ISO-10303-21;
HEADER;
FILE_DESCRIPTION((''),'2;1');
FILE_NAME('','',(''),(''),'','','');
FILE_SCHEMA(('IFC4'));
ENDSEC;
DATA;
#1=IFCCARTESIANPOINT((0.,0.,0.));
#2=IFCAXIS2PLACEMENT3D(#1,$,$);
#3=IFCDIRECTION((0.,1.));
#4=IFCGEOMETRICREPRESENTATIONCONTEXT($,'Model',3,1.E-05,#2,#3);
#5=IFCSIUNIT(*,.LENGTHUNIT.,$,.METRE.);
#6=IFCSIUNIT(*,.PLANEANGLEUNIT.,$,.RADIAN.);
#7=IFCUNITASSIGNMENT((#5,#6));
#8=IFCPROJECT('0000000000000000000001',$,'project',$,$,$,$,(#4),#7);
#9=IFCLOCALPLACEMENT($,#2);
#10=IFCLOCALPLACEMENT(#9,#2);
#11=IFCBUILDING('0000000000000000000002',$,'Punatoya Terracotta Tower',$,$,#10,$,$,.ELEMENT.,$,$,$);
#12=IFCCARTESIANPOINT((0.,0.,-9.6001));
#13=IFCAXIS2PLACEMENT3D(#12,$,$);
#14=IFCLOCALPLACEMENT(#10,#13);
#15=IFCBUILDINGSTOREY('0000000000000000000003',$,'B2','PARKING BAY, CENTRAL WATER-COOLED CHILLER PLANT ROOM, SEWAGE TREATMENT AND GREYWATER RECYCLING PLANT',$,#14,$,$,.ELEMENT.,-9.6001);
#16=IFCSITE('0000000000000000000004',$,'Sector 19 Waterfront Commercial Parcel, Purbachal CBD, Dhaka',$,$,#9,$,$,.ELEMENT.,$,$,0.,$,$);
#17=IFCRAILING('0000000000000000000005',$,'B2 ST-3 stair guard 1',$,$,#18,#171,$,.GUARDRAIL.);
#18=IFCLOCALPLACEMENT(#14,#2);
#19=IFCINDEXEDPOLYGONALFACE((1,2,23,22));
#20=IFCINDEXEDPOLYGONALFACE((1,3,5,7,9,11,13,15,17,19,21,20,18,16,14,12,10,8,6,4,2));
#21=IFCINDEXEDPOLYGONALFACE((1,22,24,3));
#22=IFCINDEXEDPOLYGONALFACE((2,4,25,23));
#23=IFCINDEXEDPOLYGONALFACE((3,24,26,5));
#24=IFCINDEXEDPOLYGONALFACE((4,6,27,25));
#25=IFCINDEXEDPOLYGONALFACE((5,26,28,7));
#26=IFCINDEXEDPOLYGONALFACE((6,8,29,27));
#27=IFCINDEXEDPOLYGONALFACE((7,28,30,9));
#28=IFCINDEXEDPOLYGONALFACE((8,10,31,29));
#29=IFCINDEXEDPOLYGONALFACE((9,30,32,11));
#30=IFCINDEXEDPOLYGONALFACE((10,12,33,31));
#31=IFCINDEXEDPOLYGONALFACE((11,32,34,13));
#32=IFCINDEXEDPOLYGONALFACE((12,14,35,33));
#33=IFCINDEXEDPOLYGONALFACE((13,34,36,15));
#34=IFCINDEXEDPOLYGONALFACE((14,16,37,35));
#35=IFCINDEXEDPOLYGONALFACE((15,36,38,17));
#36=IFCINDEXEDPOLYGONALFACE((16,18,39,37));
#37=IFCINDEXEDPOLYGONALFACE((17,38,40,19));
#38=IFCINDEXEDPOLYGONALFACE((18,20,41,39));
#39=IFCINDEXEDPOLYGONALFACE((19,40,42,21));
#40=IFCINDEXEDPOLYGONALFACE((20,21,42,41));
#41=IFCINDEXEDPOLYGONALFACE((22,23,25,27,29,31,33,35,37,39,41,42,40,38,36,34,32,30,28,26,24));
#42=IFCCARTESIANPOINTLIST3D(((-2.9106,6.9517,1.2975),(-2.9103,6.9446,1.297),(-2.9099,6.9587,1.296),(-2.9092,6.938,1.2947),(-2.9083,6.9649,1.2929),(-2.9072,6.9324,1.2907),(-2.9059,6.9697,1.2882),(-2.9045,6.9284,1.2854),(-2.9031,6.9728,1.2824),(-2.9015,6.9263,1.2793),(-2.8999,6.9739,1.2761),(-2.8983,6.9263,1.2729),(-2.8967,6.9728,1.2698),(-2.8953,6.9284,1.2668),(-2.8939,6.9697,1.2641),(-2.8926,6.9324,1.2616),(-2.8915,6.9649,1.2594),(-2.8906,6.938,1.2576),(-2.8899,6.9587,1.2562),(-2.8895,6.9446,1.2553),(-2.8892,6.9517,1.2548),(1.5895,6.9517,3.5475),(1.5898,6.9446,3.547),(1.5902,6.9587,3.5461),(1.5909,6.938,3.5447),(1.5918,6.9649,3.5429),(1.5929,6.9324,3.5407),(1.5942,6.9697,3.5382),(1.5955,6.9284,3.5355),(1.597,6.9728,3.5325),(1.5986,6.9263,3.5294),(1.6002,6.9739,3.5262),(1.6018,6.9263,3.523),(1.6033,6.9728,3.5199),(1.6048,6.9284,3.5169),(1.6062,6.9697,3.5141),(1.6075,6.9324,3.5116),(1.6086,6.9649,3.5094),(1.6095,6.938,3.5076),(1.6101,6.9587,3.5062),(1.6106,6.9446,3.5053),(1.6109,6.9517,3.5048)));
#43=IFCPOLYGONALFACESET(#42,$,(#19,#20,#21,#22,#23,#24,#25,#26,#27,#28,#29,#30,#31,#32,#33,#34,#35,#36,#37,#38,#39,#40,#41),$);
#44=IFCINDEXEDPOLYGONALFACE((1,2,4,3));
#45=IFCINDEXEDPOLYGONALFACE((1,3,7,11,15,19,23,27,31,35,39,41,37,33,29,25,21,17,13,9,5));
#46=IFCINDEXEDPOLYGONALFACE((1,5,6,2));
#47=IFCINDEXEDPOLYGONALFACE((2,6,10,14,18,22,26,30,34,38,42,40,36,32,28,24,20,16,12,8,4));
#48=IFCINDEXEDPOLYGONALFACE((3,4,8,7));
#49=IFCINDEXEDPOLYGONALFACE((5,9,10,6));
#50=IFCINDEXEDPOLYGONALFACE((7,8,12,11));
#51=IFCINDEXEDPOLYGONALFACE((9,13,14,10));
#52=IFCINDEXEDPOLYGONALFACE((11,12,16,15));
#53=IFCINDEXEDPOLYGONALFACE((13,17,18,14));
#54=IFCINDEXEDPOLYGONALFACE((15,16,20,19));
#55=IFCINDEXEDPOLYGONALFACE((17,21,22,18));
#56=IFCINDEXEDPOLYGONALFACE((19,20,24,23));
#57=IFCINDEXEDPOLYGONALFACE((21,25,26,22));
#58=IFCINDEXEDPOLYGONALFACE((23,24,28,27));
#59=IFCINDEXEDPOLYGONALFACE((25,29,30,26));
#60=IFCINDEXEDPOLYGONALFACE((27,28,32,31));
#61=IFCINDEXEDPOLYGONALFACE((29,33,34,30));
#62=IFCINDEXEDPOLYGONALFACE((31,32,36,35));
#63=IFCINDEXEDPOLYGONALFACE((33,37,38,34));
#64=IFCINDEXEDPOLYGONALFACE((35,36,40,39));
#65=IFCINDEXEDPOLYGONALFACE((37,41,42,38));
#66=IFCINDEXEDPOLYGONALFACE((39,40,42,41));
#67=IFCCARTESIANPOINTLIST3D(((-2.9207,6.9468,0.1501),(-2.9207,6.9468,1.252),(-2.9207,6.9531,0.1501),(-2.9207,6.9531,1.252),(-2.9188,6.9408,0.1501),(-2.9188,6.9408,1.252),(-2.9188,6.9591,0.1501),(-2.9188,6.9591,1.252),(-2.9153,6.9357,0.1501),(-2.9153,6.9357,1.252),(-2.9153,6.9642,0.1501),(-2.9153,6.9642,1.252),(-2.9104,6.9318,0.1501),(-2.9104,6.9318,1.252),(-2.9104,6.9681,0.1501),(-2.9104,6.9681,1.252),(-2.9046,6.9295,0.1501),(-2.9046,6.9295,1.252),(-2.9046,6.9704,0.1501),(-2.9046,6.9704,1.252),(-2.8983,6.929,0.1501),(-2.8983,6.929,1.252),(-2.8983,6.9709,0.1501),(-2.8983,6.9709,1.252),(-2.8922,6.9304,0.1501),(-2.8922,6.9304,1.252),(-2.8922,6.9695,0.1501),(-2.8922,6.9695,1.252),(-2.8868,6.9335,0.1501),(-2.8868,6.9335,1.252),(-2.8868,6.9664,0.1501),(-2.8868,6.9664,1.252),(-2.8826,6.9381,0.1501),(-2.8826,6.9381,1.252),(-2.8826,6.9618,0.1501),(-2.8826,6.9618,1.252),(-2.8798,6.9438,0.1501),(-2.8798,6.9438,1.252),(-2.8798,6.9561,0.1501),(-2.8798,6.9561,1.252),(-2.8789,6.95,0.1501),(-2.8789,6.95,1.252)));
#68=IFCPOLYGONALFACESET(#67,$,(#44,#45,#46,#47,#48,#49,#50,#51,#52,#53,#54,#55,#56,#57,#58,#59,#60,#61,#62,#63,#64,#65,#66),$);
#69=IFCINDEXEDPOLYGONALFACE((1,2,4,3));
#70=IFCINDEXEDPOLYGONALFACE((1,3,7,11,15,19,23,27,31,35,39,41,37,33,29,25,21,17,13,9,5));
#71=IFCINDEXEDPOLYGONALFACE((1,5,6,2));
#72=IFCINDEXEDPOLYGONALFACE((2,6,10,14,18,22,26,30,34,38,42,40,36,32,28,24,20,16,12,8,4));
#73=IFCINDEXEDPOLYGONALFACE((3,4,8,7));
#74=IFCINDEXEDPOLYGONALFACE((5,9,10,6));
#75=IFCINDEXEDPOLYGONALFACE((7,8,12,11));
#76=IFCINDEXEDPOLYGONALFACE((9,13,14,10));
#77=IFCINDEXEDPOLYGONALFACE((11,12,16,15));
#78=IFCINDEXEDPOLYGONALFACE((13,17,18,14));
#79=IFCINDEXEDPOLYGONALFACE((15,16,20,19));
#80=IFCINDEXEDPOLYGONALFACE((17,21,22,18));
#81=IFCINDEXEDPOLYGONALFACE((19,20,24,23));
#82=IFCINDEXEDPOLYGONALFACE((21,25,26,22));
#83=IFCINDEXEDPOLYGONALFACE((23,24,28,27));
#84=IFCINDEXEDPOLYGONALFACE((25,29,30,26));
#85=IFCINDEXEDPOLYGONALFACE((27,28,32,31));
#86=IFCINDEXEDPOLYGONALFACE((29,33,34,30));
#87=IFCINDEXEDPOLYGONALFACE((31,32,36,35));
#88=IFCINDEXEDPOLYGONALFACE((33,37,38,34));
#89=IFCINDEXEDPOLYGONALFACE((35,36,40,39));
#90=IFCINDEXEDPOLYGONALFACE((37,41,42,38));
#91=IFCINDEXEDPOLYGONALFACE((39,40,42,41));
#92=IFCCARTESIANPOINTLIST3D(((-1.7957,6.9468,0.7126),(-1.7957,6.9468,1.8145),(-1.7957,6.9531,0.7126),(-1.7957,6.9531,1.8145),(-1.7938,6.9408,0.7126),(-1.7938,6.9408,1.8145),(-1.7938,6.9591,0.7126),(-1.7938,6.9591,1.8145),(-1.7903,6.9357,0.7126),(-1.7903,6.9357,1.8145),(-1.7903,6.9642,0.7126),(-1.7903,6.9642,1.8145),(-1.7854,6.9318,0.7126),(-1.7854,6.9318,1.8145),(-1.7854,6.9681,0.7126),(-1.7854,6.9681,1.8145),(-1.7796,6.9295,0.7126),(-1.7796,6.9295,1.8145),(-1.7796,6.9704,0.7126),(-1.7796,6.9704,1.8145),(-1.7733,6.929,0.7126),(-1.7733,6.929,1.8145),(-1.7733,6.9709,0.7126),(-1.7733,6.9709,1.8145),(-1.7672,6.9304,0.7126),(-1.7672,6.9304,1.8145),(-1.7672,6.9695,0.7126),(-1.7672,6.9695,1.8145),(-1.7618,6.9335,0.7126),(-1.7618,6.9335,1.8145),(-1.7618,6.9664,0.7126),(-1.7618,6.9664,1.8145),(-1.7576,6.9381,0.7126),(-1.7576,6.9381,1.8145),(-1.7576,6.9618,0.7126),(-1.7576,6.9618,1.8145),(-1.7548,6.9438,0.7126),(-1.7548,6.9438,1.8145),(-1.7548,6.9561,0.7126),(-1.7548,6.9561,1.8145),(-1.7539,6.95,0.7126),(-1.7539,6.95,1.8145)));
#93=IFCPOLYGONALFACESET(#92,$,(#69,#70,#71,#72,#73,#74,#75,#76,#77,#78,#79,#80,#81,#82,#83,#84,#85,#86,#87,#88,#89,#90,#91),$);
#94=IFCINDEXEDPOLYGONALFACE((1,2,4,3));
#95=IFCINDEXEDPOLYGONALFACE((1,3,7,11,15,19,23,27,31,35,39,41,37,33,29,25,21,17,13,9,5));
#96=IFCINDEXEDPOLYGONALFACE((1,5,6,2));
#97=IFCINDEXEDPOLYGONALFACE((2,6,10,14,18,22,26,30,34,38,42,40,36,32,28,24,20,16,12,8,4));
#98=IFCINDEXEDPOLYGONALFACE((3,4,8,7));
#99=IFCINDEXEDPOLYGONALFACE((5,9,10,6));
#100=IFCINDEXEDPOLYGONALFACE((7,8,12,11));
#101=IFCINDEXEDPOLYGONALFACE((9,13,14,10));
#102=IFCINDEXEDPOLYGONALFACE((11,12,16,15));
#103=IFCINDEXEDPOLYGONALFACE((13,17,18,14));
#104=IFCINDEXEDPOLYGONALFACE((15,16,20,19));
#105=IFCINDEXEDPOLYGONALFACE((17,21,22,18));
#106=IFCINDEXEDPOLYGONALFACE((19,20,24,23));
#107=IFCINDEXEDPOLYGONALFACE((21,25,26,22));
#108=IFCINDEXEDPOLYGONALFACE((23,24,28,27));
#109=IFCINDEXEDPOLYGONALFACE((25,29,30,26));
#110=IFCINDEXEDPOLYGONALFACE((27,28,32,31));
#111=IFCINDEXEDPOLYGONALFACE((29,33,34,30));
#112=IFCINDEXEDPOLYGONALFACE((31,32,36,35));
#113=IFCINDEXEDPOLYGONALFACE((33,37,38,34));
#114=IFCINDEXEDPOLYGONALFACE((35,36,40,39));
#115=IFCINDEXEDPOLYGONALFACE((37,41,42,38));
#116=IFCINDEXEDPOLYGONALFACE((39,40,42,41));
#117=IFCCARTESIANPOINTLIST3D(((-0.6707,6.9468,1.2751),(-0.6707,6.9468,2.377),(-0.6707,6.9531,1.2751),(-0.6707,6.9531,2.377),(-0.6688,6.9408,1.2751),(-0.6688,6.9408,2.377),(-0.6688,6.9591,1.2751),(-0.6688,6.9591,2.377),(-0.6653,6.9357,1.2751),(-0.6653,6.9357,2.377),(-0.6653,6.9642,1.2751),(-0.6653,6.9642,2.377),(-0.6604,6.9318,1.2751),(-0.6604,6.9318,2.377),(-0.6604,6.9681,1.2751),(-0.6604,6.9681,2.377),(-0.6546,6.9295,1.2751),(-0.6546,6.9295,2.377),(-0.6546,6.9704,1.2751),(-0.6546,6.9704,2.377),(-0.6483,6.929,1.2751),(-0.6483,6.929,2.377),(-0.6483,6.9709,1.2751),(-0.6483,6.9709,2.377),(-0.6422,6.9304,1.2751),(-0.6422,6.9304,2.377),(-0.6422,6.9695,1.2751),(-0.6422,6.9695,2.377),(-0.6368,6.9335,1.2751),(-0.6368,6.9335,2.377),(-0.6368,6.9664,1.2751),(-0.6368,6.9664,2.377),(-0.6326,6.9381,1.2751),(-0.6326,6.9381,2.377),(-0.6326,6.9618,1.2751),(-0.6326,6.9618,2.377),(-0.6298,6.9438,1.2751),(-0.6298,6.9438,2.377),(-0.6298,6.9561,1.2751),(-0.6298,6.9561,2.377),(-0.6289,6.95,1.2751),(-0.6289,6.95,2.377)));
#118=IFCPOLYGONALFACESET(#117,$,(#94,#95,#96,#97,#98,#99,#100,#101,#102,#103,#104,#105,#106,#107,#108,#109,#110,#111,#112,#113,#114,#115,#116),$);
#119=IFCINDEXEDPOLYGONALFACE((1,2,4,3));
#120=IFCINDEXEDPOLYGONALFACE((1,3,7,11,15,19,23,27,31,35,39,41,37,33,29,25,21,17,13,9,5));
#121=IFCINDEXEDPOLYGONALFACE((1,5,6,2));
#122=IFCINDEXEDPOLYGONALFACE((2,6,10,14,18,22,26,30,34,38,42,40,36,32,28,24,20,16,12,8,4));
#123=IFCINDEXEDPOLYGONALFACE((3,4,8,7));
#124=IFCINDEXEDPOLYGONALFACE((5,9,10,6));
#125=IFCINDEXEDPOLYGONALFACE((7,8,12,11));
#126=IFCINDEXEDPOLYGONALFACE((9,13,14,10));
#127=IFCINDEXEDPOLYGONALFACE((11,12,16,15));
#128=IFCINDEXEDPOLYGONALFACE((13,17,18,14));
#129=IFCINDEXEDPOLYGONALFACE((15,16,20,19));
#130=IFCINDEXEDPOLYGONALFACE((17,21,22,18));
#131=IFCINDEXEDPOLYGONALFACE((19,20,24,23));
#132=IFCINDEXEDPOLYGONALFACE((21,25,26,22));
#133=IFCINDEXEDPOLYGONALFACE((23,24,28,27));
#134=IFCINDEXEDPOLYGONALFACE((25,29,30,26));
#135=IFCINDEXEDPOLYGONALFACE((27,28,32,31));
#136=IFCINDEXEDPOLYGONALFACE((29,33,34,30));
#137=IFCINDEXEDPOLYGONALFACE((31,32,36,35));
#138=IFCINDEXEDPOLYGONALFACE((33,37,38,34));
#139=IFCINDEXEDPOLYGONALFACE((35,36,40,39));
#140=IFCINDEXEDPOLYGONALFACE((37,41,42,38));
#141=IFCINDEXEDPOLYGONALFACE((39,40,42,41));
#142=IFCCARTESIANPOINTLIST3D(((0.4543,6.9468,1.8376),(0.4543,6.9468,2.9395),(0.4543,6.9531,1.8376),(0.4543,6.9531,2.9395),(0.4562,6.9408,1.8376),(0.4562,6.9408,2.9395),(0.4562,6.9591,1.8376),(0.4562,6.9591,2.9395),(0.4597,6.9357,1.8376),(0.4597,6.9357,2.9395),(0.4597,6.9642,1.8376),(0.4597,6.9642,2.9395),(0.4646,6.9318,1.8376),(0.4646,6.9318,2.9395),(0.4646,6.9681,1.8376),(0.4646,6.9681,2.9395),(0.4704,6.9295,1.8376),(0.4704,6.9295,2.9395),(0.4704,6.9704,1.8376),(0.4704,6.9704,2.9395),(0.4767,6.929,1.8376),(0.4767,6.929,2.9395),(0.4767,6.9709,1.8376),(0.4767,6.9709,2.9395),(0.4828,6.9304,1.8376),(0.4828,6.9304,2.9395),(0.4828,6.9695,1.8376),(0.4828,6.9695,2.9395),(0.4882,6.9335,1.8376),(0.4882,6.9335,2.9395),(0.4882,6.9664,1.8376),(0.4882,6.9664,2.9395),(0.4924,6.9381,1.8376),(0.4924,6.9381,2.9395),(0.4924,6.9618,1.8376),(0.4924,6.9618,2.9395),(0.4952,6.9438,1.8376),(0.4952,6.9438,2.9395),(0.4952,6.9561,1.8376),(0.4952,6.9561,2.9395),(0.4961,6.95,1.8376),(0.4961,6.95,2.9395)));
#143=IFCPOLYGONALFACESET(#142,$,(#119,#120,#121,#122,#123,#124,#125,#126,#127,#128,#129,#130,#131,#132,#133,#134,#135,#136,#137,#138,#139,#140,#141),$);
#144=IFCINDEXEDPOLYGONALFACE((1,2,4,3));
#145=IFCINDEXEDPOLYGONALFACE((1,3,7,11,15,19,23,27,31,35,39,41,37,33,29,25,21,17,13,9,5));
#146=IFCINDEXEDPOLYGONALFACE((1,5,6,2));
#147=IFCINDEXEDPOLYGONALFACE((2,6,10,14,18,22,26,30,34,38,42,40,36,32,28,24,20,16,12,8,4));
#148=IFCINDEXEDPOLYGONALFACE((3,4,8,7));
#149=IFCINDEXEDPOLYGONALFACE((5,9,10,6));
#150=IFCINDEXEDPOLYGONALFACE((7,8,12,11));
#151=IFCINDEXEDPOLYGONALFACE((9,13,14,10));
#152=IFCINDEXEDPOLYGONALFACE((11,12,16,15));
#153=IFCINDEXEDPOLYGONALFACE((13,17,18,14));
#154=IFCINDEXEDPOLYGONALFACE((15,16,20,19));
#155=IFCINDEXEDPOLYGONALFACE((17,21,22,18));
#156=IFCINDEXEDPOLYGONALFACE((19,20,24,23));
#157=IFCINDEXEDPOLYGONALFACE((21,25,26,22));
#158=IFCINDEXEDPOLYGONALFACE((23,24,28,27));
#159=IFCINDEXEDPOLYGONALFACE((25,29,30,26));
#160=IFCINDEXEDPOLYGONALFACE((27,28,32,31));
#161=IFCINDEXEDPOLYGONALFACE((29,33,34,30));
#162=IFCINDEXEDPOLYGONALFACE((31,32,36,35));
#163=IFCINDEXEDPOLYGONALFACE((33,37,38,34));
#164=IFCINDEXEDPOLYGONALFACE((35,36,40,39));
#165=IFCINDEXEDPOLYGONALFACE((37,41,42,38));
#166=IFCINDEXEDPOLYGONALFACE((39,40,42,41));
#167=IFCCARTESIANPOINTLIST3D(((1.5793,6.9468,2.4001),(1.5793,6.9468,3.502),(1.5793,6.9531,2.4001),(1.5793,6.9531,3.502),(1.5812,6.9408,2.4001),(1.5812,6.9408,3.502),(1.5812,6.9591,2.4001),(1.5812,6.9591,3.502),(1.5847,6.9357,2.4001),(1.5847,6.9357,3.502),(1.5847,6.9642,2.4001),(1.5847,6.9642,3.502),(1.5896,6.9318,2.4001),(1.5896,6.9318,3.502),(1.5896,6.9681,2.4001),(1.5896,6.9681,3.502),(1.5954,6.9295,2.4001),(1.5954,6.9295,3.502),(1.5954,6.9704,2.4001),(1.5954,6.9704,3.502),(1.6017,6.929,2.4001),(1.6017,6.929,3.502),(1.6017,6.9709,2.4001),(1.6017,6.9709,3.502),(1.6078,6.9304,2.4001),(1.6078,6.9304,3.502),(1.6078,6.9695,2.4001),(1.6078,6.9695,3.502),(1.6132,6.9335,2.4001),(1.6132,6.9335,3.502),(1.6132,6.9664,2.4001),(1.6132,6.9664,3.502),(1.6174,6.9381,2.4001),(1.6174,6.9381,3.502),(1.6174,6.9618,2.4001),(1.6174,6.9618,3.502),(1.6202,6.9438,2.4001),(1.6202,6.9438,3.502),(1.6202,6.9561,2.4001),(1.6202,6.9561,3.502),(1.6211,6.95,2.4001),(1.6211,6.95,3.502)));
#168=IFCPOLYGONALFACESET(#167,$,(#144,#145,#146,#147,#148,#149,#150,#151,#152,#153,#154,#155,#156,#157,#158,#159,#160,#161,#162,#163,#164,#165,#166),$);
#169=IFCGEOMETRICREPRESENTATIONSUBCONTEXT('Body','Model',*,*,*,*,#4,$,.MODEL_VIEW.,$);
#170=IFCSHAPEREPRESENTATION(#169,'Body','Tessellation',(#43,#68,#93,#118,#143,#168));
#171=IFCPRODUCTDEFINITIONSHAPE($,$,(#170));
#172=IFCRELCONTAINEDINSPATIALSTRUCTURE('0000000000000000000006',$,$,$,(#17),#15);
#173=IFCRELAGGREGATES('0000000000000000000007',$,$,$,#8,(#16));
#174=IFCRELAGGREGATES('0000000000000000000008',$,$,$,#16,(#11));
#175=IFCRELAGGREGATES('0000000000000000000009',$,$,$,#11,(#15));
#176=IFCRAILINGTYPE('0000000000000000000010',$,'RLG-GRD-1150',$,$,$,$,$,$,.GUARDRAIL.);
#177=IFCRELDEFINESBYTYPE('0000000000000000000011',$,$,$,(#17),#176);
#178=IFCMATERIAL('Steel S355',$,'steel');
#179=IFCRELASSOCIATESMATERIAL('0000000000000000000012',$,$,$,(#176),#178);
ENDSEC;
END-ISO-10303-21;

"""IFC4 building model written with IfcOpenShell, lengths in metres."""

from ifc_helpers import new_model, si_unit, direction, frame, origin, origin_2d, place, context, subcontext, project, spatial, circle, extrude, material, type_object, element, save


model = new_model("IFC4")

# Units and contexts
model_context = context("Model", 3, precision=1e-05, world=origin(), true_north=direction((0.0, 1.0)))
body_context = subcontext(model_context, "Body", "Model", "MODEL_VIEW")
ifc_project = project(units=[si_unit("LENGTHUNIT", "METRE"), si_unit("PLANEANGLEUNIT", "RADIAN")], contexts=[model_context])

# Site, building, storey
site_placement = place(None, origin())
site = spatial("IfcSite", under=ifc_project, at=site_placement, Name="Sector 19 Waterfront Commercial Parcel, Purbachal CBD, Dhaka", CompositionType="ELEMENT", RefElevation=0.0)
building_placement = place(site_placement, origin())
building = spatial("IfcBuilding", under=site, at=building_placement, Name="Punatoya Terracotta Tower", CompositionType="ELEMENT")
storey_placement = place(building_placement, frame((0.0, 0.0, -9.6001)))
storey = spatial("IfcBuildingStorey", under=building, at=storey_placement, Name="B2", Description="PARKING BAY, CENTRAL WATER-COOLED CHILLER PLANT ROOM, SEWAGE TREATMENT AND GREYWATER RECYCLING PLANT", CompositionType="ELEMENT", Elevation=-9.6001)

# Shared definitions
ifc_material_1 = material(Name="Steel S355", Category="steel")

# Railing
railing_type_1 = type_object("IfcRailingType", Name="RLG-GRD-1150", PredefinedType="GUARDRAIL", material=ifc_material_1)
railing_1_placement = place(storey_placement, frame((-2.8999, 6.95, 0.1501)))
element("IfcRailing", 1, at=railing_1_placement, inside=storey, type_object=railing_type_1, Name="B2 ST-3 stair guard 1", PredefinedType="GUARDRAIL", context=body_context, shape_type="SweptSolid", body=[
    extrude(circle(Radius=0.0239, at=origin_2d()), frame((0.0, 0.0, 1.126), z_axis=(0.894427, 0.0, 0.447214), x_axis=(0.0, 1.0, 0.0)), (0.0, 0.0, 1.0), 5.0312),
    extrude(circle(Radius=0.021, at=origin_2d()), origin(), (0.0, 0.0, 1.0), 1.1018),
    extrude(circle(Radius=0.021, at=origin_2d()), frame((1.125, 0.0, 0.5625)), (0.0, 0.0, 1.0), 1.1018),
    extrude(circle(Radius=0.021, at=origin_2d()), frame((2.25, 0.0, 1.125)), (0.0, 0.0, 1.0), 1.1018),
    extrude(circle(Radius=0.021, at=origin_2d()), frame((3.375, 0.0, 1.6875)), (0.0, 0.0, 1.0), 1.1018),
    extrude(circle(Radius=0.021, at=origin_2d()), frame((4.5, 0.0, 2.25)), (0.0, 0.0, 1.0), 1.1018),
])

save(model, "model.ifc")
